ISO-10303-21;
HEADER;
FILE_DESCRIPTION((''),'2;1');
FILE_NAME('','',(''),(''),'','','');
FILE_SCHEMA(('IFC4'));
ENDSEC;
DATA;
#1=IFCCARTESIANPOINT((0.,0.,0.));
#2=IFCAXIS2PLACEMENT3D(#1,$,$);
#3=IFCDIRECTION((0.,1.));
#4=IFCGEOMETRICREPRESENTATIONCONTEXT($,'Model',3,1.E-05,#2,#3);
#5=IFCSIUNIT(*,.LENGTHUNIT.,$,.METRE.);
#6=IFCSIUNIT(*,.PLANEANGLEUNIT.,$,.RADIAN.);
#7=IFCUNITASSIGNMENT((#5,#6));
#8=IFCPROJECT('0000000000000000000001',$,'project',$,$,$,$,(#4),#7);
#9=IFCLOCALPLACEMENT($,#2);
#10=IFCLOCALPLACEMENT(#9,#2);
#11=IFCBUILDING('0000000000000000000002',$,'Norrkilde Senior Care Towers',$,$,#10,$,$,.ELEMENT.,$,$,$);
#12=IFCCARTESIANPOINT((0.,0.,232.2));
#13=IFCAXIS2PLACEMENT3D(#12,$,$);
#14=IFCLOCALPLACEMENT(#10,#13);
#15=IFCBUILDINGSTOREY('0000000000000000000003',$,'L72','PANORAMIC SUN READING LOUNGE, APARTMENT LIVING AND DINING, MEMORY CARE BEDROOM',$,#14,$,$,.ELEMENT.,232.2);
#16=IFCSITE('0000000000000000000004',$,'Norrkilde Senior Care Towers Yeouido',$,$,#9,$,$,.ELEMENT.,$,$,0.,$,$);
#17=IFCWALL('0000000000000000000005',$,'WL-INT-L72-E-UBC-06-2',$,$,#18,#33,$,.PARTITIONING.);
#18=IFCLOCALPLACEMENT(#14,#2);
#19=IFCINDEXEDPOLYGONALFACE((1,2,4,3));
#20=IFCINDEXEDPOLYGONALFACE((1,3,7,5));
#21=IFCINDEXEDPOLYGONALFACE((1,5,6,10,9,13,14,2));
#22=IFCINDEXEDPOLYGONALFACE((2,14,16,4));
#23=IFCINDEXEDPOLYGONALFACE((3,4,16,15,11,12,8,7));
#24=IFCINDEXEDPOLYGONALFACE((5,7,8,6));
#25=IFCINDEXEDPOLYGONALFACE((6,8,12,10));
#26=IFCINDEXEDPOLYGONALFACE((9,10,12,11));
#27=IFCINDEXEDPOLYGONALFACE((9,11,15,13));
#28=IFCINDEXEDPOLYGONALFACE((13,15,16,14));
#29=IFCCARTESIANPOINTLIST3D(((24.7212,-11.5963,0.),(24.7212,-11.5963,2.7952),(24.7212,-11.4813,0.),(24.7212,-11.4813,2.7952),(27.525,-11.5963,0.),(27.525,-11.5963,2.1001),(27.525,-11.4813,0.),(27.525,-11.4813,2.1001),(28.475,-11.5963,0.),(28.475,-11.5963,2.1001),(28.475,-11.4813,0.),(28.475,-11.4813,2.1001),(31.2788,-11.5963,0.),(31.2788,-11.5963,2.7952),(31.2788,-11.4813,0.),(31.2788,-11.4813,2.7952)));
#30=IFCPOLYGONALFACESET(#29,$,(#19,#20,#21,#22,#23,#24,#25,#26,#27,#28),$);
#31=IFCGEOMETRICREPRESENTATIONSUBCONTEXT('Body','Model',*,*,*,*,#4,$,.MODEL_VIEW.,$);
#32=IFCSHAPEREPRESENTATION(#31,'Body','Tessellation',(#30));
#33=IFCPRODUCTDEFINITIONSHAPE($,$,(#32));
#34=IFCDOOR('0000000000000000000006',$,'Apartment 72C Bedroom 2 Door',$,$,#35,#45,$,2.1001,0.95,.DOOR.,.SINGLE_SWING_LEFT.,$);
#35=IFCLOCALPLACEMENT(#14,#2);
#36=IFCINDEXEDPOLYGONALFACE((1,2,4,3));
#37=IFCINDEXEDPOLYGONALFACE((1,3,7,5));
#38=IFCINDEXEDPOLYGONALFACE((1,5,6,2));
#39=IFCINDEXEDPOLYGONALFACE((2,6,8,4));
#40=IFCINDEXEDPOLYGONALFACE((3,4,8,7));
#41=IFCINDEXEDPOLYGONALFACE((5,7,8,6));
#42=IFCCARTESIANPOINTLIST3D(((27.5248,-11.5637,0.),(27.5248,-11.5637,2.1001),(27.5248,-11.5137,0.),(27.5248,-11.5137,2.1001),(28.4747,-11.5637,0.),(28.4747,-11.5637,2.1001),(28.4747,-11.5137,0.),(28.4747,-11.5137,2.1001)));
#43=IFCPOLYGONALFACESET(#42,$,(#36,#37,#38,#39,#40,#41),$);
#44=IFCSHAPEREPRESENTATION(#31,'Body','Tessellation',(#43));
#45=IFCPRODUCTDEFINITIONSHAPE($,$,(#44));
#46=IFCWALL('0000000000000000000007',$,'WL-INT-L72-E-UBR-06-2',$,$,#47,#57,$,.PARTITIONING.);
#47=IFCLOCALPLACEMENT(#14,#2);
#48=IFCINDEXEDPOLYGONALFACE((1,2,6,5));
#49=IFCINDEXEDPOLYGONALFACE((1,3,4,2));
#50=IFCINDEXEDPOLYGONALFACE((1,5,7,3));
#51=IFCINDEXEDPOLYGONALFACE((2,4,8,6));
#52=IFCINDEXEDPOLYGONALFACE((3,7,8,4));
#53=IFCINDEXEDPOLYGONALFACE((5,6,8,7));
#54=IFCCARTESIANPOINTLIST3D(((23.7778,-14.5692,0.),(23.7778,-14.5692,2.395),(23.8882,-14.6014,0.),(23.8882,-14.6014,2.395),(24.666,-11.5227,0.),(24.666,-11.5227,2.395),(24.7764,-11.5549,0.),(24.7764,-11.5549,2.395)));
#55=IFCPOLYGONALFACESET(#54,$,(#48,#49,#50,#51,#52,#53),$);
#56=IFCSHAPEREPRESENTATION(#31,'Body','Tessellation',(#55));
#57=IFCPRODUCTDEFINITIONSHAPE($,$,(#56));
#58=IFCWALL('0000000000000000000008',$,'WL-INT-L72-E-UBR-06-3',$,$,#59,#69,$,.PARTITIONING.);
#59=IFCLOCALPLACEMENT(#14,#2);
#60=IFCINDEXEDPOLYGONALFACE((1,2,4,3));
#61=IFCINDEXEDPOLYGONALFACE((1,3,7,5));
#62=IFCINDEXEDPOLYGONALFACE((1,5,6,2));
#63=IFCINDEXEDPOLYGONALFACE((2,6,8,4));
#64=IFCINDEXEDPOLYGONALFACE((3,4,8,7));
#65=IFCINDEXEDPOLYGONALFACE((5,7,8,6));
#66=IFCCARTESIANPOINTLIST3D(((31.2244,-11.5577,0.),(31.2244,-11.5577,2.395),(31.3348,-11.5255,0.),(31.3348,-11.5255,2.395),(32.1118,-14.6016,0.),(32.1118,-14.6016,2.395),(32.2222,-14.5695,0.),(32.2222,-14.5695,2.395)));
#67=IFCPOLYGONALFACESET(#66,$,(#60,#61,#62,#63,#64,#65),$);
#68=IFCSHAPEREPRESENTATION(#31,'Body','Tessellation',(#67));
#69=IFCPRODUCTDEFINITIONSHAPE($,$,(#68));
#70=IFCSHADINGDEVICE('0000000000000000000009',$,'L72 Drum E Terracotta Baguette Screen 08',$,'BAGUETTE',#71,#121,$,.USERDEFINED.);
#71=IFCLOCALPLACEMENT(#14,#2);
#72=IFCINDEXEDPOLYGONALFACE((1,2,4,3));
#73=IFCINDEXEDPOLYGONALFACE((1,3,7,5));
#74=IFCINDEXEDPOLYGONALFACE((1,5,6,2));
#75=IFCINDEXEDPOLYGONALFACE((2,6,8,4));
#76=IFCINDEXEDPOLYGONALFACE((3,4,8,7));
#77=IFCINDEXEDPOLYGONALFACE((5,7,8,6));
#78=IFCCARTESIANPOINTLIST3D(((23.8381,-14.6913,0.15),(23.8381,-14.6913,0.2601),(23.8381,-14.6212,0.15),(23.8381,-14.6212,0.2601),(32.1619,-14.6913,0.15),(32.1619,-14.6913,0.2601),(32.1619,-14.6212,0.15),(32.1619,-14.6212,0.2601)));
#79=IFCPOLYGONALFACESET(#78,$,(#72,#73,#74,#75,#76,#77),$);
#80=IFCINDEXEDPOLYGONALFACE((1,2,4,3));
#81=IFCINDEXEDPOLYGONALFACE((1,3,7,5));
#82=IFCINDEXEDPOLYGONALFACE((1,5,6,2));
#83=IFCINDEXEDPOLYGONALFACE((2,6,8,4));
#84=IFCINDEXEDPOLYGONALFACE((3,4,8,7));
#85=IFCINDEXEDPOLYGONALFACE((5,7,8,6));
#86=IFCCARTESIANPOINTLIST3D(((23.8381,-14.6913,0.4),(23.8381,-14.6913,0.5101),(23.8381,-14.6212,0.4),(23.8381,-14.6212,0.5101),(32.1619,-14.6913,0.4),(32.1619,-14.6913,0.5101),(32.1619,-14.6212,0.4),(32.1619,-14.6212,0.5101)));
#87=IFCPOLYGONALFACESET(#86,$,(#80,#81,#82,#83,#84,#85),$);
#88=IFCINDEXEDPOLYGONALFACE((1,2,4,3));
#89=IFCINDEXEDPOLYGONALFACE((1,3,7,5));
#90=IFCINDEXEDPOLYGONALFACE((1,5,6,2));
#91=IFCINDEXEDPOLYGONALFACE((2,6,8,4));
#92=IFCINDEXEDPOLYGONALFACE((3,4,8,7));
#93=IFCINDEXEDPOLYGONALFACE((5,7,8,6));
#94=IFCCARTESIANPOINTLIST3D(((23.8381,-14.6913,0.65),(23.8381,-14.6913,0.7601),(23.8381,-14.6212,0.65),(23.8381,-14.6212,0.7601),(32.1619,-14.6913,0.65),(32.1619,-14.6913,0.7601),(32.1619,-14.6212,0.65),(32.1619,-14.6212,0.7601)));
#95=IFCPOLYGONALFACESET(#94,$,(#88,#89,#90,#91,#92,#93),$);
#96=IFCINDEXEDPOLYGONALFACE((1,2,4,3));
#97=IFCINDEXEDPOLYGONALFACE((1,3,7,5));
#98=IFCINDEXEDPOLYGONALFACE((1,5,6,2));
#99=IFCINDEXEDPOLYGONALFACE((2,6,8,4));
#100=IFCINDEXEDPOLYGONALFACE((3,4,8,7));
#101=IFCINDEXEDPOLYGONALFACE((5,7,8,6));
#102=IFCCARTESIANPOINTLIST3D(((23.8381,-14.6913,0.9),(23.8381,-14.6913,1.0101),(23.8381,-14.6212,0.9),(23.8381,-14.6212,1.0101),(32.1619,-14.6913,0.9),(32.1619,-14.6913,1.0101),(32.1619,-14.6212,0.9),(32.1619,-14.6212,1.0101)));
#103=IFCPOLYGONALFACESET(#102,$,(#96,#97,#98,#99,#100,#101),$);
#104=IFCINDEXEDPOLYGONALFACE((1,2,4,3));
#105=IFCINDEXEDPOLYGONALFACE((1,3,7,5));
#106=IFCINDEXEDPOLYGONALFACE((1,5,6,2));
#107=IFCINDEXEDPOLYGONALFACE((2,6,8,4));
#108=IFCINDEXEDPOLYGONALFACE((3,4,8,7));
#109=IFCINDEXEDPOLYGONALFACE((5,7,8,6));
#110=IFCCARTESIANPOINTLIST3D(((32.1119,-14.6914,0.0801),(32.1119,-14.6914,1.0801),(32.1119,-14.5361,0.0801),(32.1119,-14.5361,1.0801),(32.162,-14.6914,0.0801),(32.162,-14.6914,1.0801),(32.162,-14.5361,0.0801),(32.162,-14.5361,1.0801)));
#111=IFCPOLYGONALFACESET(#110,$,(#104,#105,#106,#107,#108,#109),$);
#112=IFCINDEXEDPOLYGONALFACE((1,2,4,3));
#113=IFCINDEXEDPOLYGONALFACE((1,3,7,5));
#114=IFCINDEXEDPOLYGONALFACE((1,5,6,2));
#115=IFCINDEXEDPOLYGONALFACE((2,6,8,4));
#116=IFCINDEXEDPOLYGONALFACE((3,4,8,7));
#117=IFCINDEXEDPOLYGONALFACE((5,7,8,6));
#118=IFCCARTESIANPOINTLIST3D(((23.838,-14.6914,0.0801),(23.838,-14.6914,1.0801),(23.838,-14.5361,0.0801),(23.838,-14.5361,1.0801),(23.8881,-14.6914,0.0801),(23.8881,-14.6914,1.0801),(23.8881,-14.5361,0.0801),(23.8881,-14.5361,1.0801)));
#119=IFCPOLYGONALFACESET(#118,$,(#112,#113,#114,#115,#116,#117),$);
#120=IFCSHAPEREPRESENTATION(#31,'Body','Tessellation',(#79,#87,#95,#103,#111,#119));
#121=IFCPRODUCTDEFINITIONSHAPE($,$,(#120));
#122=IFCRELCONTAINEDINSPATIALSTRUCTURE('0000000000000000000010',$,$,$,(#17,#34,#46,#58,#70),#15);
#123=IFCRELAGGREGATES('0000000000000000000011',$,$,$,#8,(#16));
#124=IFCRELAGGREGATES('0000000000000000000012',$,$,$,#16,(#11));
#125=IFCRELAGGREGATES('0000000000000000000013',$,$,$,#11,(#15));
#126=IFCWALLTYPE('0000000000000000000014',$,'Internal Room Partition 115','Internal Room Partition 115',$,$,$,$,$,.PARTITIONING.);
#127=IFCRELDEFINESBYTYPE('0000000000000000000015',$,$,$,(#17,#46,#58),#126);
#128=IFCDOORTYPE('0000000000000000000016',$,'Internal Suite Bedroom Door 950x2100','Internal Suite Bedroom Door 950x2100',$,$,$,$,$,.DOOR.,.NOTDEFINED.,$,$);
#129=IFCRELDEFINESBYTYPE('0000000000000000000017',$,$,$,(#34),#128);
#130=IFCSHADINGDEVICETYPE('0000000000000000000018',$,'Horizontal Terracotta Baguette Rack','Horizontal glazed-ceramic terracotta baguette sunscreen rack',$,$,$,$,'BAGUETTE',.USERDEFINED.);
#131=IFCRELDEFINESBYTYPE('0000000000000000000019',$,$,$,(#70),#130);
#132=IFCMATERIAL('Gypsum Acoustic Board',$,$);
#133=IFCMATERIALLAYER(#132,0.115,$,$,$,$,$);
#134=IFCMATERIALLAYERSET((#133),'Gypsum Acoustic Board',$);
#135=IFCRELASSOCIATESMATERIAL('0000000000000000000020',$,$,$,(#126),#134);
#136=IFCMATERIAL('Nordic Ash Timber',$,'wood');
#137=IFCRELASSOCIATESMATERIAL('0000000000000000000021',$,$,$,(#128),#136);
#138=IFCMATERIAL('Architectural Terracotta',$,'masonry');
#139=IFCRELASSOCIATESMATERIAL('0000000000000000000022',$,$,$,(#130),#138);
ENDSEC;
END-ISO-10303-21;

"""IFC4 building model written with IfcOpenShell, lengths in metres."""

from ifc_helpers import new_model, si_unit, direction, frame, frame_2d, origin, origin_2d, place, context, subcontext, project, spatial, rectangle, extrude, source, transform, mapped, material, layer, layer_set, type_object, type_shapes, element, fill, save


model = new_model("IFC4")

# Units and contexts
model_context = context("Model", 3, precision=1e-05, world=origin(), true_north=direction((0.0, 1.0)))
body_context = subcontext(model_context, "Body", "Model", "MODEL_VIEW")
ifc_project = project(units=[si_unit("LENGTHUNIT", "METRE"), si_unit("PLANEANGLEUNIT", "RADIAN")], contexts=[model_context])

# Site, building, storey
site_placement = place(None, origin())
site = spatial("IfcSite", under=ifc_project, at=site_placement, Name="Norrkilde Senior Care Towers Yeouido", CompositionType="ELEMENT", RefElevation=0.0)
building_placement = place(site_placement, origin())
building = spatial("IfcBuilding", under=site, at=building_placement, Name="Norrkilde Senior Care Towers", CompositionType="ELEMENT")
storey_placement = place(building_placement, frame((0.0, 0.0, 232.2)))
storey = spatial("IfcBuildingStorey", under=building, at=storey_placement, Name="L72", Description="PANORAMIC SUN READING LOUNGE, APARTMENT LIVING AND DINING, MEMORY CARE BEDROOM", CompositionType="ELEMENT", Elevation=232.2)

# Wall, opening, door
ifc_material_1 = material(Name="Gypsum Acoustic Board")
ifc_layer_1 = layer(ifc_material_1, 0.115)
ifc_layer_set_1 = layer_set([ifc_layer_1], Name="Gypsum Acoustic Board")
wall_type = type_object("IfcWallType", Name="Internal Room Partition 115", Description="Internal Room Partition 115", PredefinedType="PARTITIONING", material=ifc_layer_set_1)
ifc_material_2 = material(Name="Nordic Ash Timber", Category="wood")
door_type = type_object("IfcDoorType", Name="Internal Suite Bedroom Door 950x2100", Description="Internal Suite Bedroom Door 950x2100", OperationType="NOTDEFINED", PredefinedType="DOOR", material=ifc_material_2)
shared_shape_1 = source(origin(), body_context, "Body", "SweptSolid", [
    extrude(rectangle(XDim=0.95, YDim=2.1001, at=frame_2d((0.4751, 1.05))), frame((0.0, 0.0249, 0.0), z_axis=(0.0, -1.0, 0.0), x_axis=(1.0, 0.0, 0.0)), (0.0, 0.0, 1.0), 0.05),
])
type_shapes(door_type, [shared_shape_1])
shared_shape_2 = source(origin(), body_context, "Body", "SweptSolid", [
    extrude(rectangle(XDim=6.5576, YDim=0.115, at=frame_2d((3.2788, 0.0))), origin(), (0.0, 0.0, 1.0), 2.7952),
])
wall_1_placement = place(storey_placement, frame((24.7212, -11.5388, 0.0), z_axis=(0.0, 0.0, 1.0), x_axis=(1.0, 0.0, 0.0)))
wall_1 = element("IfcWall", 1, at=wall_1_placement, inside=storey, type_object=wall_type, Name="WL-INT-L72-E-UBC-06-2", PredefinedType="PARTITIONING", context=body_context, shape_type="MappedRepresentation", body=[
    mapped(shared_shape_2, transform((0.0, 0.0, 0.0), x_axis=(1.0, 0.0, 0.0), y_axis=(0.0, 1.0, 0.0), z_axis=(0.0, 0.0, 1.0), scale=1.0)),
])
opening_1_placement = place(wall_1_placement, frame((2.8037, 0.0, 0.0)))
opening_1 = element("IfcOpeningElement", 2, at=opening_1_placement, cuts=wall_1, PredefinedType="OPENING", context=body_context, shape_type="SweptSolid", body=[
    extrude(rectangle(XDim=0.95, YDim=2.1001, at=frame_2d((0.4751, 1.05))), frame((0.0, 0.0674, 0.0), z_axis=(0.0, -1.0, 0.0), x_axis=(1.0, 0.0, 0.0)), (0.0, 0.0, 1.0), 0.135),
])
door_1_placement = place(opening_1_placement, frame((0.95, 0.0, 0.0), z_axis=(0.0, 0.0, 1.0), x_axis=(-1.0, 0.0, 0.0)))
door_1 = element("IfcDoor", 3, at=door_1_placement, inside=storey, type_object=door_type, Name="Apartment 72C Bedroom 2 Door", OperationType="SINGLE_SWING_LEFT", OverallHeight=2.1001, OverallWidth=0.95, PredefinedType="DOOR", context=body_context, shape_type="MappedRepresentation", body=[
    mapped(shared_shape_1, transform((0.0, 0.0, 0.0), x_axis=(1.0, 0.0, 0.0), y_axis=(0.0, 1.0, 0.0), z_axis=(0.0, 0.0, 1.0), scale=1.0)),
])
fill(opening_1, door_1)

# Walls
shared_shape_3 = source(origin(), body_context, "Body", "SweptSolid", [
    extrude(rectangle(XDim=3.1733, YDim=0.115, at=frame_2d((1.5867, 0.0))), origin(), (0.0, 0.0, 1.0), 2.395),
])
wall_2_placement = place(storey_placement, frame((24.7212, -11.5388, 0.0), z_axis=(0.0, 0.0, 1.0), x_axis=(-0.279879, -0.960035, 0.0)))
element("IfcWall", 4, at=wall_2_placement, inside=storey, type_object=wall_type, Name="WL-INT-L72-E-UBR-06-2", PredefinedType="PARTITIONING", context=body_context, shape_type="MappedRepresentation", body=[
    mapped(shared_shape_3, transform((0.0, 0.0, 0.0), x_axis=(1.0, 0.0, 0.0), y_axis=(0.0, 1.0, 0.0), z_axis=(0.0, 0.0, 1.0), scale=1.0)),
])
shared_shape_4 = source(origin(), body_context, "Body", "SweptSolid", [
    extrude(rectangle(XDim=3.1707, YDim=0.115, at=frame_2d((1.5854, 0.0))), origin(), (0.0, 0.0, 1.0), 2.395),
])
wall_3_placement = place(storey_placement, frame((31.2795, -11.5415, 0.0), z_axis=(0.0, 0.0, 1.0), x_axis=(0.279894, -0.960031, 0.0)))
element("IfcWall", 5, at=wall_3_placement, inside=storey, type_object=wall_type, Name="WL-INT-L72-E-UBR-06-3", PredefinedType="PARTITIONING", context=body_context, shape_type="MappedRepresentation", body=[
    mapped(shared_shape_4, transform((0.0, 0.0, 0.0), x_axis=(1.0, 0.0, 0.0), y_axis=(0.0, 1.0, 0.0), z_axis=(0.0, 0.0, 1.0), scale=1.0)),
])

# Shading device
ifc_material_3 = material(Name="Architectural Terracotta", Category="masonry")
shading_device_type = type_object("IfcShadingDeviceType", Name="Horizontal Terracotta Baguette Rack", Description="Horizontal glazed-ceramic terracotta baguette sunscreen rack", ElementType="BAGUETTE", PredefinedType="USERDEFINED", material=ifc_material_3)
shared_shape_5 = source(origin(), body_context, "Body", "SweptSolid", [
    extrude(rectangle(XDim=0.0701, YDim=0.1101, at=origin_2d()), frame((0.0, 0.0901, 0.125), z_axis=(1.0, 0.0, 0.0), x_axis=(0.0, 1.0, 0.0)), (0.0, 0.0, 1.0), 8.3237),
    extrude(rectangle(XDim=0.0701, YDim=0.1101, at=origin_2d()), frame((0.0, 0.0901, 0.375), z_axis=(1.0, 0.0, 0.0), x_axis=(0.0, 1.0, 0.0)), (0.0, 0.0, 1.0), 8.3237),
    extrude(rectangle(XDim=0.0701, YDim=0.1101, at=origin_2d()), frame((0.0, 0.0901, 0.625), z_axis=(1.0, 0.0, 0.0), x_axis=(0.0, 1.0, 0.0)), (0.0, 0.0, 1.0), 8.3237),
    extrude(rectangle(XDim=0.0701, YDim=0.1101, at=origin_2d()), frame((0.0, 0.0901, 0.875), z_axis=(1.0, 0.0, 0.0), x_axis=(0.0, 1.0, 0.0)), (0.0, 0.0, 1.0), 8.3237),
    extrude(rectangle(XDim=0.05, YDim=0.1553, at=origin_2d()), frame((0.0249, 0.0476, 0.0)), (0.0, 0.0, 1.0), 1.0),
    extrude(rectangle(XDim=0.05, YDim=0.1553, at=origin_2d()), frame((8.2988, 0.0476, 0.0)), (0.0, 0.0, 1.0), 1.0),
])
type_shapes(shading_device_type, [shared_shape_5])
shading_device_placement = place(storey_placement, frame((32.1619, -14.5662, 0.0801), z_axis=(0.0, 0.0, 1.0), x_axis=(-1.0, 0.0, 0.0)))
element("IfcShadingDevice", 6, at=shading_device_placement, inside=storey, type_object=shading_device_type, Name="L72 Drum E Terracotta Baguette Screen 08", ObjectType="BAGUETTE", PredefinedType="USERDEFINED", context=body_context, shape_type="MappedRepresentation", body=[
    mapped(shared_shape_5, transform((0.0, 0.0, 0.0), x_axis=(1.0, 0.0, 0.0), y_axis=(0.0, 1.0, 0.0), z_axis=(0.0, 0.0, 1.0), scale=1.0)),
])

save(model, "model.ifc")
